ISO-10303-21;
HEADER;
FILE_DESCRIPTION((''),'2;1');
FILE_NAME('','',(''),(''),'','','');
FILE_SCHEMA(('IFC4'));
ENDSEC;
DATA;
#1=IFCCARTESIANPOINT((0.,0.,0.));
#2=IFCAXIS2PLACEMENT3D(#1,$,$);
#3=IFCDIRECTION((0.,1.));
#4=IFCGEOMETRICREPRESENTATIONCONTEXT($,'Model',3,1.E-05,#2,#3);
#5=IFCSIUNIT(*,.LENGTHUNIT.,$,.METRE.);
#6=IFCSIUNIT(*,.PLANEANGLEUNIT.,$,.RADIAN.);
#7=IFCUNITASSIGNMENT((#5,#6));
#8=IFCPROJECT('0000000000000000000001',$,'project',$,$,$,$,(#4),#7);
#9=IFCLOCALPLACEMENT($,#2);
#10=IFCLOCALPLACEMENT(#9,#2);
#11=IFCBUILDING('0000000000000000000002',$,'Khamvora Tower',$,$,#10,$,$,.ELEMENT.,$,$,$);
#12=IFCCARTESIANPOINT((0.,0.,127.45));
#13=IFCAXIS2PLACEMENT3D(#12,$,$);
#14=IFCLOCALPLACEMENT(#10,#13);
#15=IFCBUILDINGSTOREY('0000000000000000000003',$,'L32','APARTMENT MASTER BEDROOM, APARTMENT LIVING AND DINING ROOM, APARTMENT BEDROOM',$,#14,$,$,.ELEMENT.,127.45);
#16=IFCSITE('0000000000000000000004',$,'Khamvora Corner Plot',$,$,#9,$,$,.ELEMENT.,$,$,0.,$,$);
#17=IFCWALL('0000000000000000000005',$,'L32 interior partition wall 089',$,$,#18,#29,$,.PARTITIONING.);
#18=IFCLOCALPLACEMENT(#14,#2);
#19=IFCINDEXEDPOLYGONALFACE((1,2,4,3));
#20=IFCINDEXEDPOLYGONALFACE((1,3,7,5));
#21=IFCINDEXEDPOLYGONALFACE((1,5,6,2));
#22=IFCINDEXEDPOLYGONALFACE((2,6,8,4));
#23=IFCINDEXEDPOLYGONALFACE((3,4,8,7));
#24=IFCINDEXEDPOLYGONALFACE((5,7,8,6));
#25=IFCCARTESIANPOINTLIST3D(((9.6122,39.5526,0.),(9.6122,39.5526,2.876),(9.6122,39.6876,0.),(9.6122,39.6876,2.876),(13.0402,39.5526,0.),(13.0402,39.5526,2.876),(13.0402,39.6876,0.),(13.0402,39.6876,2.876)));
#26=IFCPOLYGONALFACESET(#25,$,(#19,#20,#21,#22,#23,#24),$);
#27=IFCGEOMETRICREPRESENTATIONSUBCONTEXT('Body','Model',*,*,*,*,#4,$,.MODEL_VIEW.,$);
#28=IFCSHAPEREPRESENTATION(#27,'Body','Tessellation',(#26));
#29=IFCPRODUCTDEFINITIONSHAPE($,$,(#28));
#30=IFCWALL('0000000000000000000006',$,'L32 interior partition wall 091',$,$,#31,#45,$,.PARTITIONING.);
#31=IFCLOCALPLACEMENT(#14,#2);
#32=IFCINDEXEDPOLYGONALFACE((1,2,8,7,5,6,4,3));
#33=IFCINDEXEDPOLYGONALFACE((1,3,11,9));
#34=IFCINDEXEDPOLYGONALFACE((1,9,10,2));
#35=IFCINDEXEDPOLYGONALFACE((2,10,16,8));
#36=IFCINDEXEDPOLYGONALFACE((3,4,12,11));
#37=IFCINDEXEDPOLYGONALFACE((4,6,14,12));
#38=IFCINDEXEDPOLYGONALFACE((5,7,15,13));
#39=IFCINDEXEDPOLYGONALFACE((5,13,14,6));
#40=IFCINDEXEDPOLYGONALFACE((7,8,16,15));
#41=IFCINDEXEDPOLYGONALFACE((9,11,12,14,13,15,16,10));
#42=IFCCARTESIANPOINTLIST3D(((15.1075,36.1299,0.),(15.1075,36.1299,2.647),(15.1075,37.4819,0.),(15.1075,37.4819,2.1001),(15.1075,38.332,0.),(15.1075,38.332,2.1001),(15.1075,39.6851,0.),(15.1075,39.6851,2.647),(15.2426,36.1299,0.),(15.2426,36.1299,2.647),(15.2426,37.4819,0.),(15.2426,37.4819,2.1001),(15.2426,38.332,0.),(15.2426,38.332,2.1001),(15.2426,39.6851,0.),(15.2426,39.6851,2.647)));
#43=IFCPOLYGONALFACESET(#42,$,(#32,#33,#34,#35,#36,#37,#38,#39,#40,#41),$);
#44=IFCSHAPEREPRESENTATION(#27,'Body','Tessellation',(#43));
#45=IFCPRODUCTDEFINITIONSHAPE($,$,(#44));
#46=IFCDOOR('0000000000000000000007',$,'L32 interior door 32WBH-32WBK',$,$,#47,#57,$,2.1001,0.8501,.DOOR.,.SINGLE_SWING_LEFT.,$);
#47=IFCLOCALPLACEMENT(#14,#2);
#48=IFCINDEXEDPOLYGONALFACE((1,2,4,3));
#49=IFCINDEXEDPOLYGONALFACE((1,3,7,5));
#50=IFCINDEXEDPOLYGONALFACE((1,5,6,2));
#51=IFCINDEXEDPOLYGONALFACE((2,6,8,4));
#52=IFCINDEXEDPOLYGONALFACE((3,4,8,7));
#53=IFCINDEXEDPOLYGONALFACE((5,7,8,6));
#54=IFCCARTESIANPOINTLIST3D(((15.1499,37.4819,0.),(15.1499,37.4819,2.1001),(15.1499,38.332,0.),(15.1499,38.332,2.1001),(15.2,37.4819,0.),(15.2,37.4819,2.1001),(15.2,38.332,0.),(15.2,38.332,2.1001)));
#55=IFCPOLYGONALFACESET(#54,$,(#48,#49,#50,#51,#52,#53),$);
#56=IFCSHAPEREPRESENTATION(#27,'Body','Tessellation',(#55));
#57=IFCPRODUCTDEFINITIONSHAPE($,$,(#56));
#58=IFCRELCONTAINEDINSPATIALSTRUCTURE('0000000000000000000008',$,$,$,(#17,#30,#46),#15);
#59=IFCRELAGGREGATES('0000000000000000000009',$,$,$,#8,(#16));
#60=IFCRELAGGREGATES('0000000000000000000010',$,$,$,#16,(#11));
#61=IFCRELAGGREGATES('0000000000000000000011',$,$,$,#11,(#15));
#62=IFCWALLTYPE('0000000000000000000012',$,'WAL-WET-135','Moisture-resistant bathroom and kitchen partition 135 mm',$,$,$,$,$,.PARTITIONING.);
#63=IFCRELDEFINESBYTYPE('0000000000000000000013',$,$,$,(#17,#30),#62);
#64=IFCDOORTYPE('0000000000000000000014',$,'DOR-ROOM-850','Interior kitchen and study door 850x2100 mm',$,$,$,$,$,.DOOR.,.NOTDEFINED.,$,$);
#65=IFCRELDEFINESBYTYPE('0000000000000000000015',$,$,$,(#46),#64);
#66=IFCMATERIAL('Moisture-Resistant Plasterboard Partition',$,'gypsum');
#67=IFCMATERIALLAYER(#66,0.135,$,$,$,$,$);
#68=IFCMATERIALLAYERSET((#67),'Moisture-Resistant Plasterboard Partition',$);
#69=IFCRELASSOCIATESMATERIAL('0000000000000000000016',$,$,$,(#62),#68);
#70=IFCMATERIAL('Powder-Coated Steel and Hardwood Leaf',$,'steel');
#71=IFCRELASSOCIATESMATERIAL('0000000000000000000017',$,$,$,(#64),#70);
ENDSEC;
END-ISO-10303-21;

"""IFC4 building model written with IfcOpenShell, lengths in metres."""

from ifc_helpers import new_model, si_unit, direction, frame, frame_2d, origin, place, context, subcontext, project, spatial, rectangle, extrude, material, layer, layer_set, type_object, element, fill, save


model = new_model("IFC4")

# Units and contexts
model_context = context("Model", 3, precision=1e-05, world=origin(), true_north=direction((0.0, 1.0)))
body_context = subcontext(model_context, "Body", "Model", "MODEL_VIEW")
ifc_project = project(units=[si_unit("LENGTHUNIT", "METRE"), si_unit("PLANEANGLEUNIT", "RADIAN")], contexts=[model_context])

# Site, building, storey
site_placement = place(None, origin())
site = spatial("IfcSite", under=ifc_project, at=site_placement, Name="Khamvora Corner Plot", CompositionType="ELEMENT", RefElevation=0.0)
building_placement = place(site_placement, origin())
building = spatial("IfcBuilding", under=site, at=building_placement, Name="Khamvora Tower", CompositionType="ELEMENT")
storey_placement = place(building_placement, frame((0.0, 0.0, 127.45)))
storey = spatial("IfcBuildingStorey", under=building, at=storey_placement, Name="L32", Description="APARTMENT MASTER BEDROOM, APARTMENT LIVING AND DINING ROOM, APARTMENT BEDROOM", CompositionType="ELEMENT", Elevation=127.45)

# Shared definitions
ifc_material_1 = material(Name="Powder-Coated Steel and Hardwood Leaf", Category="steel")

# Wall
ifc_material_2 = material(Name="Moisture-Resistant Plasterboard Partition", Category="gypsum")
ifc_layer_1 = layer(ifc_material_2, 0.135)
ifc_layer_set_1 = layer_set([ifc_layer_1], Name="Moisture-Resistant Plasterboard Partition")
wall_type_1 = type_object("IfcWallType", Name="WAL-WET-135", Description="Moisture-resistant bathroom and kitchen partition 135 mm", PredefinedType="PARTITIONING", material=ifc_layer_set_1)
wall_1_placement = place(storey_placement, frame((13.04, 39.6201, 0.0), z_axis=(0.0, 0.0, 1.0), x_axis=(-1.0, 0.0, 0.0)))
element("IfcWall", 1, at=wall_1_placement, inside=storey, type_object=wall_type_1, Name="L32 interior partition wall 089", PredefinedType="PARTITIONING", context=body_context, shape_type="SweptSolid", body=[
    extrude(rectangle(XDim=3.428, YDim=0.135, at=frame_2d((1.7139, 0.0))), origin(), (0.0, 0.0, 1.0), 2.876),
])

# Wall, opening, door
wall_2_placement = place(storey_placement, frame((15.175, 39.6851, 0.0), z_axis=(0.0, 0.0, 1.0), x_axis=(0.0, -1.0, 0.0)))
wall_2 = element("IfcWall", 2, at=wall_2_placement, inside=storey, type_object=wall_type_1, Name="L32 interior partition wall 091", PredefinedType="PARTITIONING", context=body_context, shape_type="SweptSolid", body=[
    extrude(rectangle(XDim=3.5552, YDim=0.135, at=frame_2d((1.7776, 0.0))), origin(), (0.0, 0.0, 1.0), 2.647),
])
opening_1_placement = place(wall_2_placement, frame((1.353, 0.0, 0.0)))
opening_1 = element("IfcOpeningElement", 3, at=opening_1_placement, cuts=wall_2, PredefinedType="OPENING", context=body_context, shape_type="SweptSolid", body=[
    extrude(rectangle(XDim=0.8501, YDim=2.1001, at=frame_2d((0.425, 1.05))), frame((0.0, 0.0774, 0.0), z_axis=(0.0, -1.0, 0.0), x_axis=(1.0, 0.0, 0.0)), (0.0, 0.0, 1.0), 0.155),
])
door_type_1 = type_object("IfcDoorType", Name="DOR-ROOM-850", Description="Interior kitchen and study door 850x2100 mm", OperationType="NOTDEFINED", PredefinedType="DOOR", material=ifc_material_1)
door_1_placement = place(opening_1_placement, origin())
door_1 = element("IfcDoor", 4, at=door_1_placement, inside=storey, type_object=door_type_1, Name="L32 interior door 32WBH-32WBK", OperationType="SINGLE_SWING_LEFT", OverallHeight=2.1001, OverallWidth=0.8501, PredefinedType="DOOR", context=body_context, shape_type="SweptSolid", body=[
    extrude(rectangle(XDim=0.8501, YDim=2.1001, at=frame_2d((0.425, 1.05))), frame((0.0, 0.0249, 0.0), z_axis=(0.0, -1.0, 0.0), x_axis=(1.0, 0.0, 0.0)), (0.0, 0.0, 1.0), 0.05),
])
fill(opening_1, door_1)

save(model, "model.ifc")
